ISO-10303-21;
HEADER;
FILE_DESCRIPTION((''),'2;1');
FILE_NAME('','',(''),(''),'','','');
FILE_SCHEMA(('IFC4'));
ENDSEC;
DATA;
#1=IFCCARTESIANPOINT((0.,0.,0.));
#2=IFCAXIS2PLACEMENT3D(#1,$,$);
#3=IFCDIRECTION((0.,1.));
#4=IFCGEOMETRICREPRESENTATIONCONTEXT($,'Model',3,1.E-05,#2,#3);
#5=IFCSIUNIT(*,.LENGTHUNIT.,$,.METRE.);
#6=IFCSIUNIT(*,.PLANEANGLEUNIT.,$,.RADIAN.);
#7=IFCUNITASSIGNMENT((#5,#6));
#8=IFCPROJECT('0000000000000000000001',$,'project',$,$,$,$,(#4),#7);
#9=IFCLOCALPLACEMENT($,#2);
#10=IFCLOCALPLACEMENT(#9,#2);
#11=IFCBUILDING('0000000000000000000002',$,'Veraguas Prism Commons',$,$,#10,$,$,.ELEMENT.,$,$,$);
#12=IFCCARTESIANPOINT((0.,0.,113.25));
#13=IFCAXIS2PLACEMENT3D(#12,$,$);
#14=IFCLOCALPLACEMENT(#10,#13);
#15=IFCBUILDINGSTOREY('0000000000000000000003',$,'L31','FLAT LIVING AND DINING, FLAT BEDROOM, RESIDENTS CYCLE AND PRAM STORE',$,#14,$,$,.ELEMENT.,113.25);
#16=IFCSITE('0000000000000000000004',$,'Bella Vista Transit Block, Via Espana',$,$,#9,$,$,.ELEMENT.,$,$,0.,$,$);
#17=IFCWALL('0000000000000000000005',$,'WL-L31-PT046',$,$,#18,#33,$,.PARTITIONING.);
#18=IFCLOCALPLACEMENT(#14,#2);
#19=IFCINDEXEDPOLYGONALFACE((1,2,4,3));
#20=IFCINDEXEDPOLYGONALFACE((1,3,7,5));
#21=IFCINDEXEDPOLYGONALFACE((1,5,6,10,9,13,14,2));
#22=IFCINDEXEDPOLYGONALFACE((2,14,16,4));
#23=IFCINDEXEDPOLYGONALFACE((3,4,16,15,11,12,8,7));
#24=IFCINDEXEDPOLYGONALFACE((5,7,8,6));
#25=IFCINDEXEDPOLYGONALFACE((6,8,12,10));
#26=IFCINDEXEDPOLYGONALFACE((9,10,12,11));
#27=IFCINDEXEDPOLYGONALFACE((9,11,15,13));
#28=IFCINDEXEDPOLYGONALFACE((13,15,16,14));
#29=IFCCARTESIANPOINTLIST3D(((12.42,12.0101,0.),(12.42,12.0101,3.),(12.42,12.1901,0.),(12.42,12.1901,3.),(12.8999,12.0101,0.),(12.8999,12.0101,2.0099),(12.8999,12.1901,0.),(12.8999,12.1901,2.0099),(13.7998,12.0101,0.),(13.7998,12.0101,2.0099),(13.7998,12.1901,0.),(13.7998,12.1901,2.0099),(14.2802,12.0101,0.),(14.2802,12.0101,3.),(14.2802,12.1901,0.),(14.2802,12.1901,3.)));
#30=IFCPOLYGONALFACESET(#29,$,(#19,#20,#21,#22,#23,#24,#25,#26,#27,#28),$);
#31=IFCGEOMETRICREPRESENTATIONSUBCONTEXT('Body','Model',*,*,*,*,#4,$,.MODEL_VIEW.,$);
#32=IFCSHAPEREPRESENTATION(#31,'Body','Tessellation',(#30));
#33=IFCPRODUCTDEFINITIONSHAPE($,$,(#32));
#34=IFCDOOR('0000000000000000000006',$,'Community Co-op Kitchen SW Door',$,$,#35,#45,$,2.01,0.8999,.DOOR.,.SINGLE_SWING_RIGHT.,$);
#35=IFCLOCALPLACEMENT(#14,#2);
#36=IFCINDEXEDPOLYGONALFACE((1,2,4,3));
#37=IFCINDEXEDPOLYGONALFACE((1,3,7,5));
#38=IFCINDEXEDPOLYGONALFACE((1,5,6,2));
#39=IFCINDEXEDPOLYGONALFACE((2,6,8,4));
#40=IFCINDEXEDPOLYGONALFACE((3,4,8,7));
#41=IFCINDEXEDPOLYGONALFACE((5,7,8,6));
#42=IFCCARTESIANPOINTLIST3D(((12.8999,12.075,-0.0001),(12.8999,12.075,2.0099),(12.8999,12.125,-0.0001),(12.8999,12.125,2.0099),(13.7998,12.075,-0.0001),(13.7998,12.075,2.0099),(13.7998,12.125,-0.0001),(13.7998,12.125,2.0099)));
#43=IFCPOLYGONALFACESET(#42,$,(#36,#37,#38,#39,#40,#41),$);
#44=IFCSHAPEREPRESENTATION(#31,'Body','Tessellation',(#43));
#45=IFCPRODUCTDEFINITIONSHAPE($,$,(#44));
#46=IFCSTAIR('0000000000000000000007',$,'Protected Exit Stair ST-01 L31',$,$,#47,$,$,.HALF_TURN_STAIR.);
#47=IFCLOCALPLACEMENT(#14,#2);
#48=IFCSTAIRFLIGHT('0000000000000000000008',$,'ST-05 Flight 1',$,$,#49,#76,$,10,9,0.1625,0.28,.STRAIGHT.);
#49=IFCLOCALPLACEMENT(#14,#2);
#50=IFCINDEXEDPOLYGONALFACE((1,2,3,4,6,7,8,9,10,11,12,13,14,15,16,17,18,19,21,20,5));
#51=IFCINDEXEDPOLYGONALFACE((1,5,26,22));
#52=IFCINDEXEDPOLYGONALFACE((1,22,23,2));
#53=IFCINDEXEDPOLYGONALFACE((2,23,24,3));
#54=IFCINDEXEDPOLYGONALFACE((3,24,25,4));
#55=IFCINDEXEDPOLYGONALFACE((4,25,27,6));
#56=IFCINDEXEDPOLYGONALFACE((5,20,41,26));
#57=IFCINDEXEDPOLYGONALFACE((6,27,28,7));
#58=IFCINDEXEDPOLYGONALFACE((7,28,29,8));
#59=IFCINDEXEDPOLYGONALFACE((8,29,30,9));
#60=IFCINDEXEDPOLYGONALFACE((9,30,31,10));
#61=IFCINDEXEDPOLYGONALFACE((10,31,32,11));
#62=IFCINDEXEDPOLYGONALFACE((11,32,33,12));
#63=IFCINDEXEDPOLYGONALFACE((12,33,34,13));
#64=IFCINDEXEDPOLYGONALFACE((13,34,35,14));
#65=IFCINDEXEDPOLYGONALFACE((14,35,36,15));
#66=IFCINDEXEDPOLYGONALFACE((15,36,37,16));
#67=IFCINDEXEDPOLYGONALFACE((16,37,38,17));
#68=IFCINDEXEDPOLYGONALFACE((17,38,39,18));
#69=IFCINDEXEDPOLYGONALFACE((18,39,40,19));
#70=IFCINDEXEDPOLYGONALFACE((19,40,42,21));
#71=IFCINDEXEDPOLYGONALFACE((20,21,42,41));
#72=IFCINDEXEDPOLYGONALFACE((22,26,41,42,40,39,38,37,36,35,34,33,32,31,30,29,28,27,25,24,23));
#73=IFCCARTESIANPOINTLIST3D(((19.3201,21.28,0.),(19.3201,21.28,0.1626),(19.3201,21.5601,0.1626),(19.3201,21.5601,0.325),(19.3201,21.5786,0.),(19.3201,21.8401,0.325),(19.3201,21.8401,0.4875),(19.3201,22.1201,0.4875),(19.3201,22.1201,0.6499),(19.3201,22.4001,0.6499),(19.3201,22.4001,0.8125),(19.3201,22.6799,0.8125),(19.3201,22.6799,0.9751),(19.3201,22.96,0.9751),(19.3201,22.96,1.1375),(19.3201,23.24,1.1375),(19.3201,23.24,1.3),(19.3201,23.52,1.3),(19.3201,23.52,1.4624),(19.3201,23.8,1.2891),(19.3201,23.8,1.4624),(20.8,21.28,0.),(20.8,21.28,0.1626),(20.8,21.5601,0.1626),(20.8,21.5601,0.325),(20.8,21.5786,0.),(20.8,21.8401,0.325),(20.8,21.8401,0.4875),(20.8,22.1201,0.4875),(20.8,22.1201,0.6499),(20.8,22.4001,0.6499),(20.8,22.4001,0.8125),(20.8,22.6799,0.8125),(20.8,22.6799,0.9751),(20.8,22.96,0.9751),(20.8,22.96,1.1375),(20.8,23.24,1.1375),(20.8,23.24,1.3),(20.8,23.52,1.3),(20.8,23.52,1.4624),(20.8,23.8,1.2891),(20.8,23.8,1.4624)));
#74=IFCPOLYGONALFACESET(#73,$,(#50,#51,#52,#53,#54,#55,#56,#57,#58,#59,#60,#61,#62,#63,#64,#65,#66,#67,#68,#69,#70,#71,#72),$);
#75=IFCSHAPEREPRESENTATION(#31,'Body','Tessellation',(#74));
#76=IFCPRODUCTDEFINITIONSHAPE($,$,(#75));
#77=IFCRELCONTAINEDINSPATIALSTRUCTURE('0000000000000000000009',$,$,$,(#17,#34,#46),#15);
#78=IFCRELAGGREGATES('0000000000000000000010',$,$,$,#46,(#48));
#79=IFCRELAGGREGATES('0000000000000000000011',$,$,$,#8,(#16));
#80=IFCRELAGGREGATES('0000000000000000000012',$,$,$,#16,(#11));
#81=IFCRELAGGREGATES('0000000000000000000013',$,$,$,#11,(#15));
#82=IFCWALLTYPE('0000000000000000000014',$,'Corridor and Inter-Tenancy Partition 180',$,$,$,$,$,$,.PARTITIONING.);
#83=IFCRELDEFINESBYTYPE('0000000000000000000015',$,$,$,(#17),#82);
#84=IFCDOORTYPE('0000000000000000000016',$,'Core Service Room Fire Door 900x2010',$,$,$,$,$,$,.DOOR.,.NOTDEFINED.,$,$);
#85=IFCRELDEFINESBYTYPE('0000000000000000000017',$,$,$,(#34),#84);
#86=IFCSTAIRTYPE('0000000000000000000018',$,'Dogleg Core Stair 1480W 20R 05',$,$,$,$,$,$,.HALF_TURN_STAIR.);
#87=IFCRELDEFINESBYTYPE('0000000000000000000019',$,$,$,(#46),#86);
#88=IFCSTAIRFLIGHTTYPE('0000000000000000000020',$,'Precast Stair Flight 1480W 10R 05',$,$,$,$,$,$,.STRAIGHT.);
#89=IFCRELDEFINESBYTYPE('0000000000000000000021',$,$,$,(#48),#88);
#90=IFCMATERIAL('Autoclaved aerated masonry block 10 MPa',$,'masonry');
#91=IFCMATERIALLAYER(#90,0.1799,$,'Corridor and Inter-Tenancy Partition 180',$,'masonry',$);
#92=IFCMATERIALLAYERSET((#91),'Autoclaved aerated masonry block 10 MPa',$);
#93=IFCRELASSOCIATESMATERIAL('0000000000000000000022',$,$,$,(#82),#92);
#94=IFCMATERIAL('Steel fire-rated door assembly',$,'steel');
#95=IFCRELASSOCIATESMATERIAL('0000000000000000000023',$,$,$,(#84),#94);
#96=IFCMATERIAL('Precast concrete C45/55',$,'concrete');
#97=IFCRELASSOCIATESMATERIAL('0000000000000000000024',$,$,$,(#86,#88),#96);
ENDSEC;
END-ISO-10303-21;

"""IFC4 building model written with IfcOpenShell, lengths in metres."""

from ifc_helpers import new_model, si_unit, direction, frame, frame_2d, origin, place, context, subcontext, project, spatial, polyline, rectangle, outline, extrude, source, transform, mapped, material, layer, layer_set, type_object, element, fill, aggregate, save


model = new_model("IFC4")

# Units and contexts
model_context = context("Model", 3, precision=1e-05, world=origin(), true_north=direction((0.0, 1.0)))
body_context = subcontext(model_context, "Body", "Model", "MODEL_VIEW")
ifc_project = project(units=[si_unit("LENGTHUNIT", "METRE"), si_unit("PLANEANGLEUNIT", "RADIAN")], contexts=[model_context])

# Site, building, storey
site_placement = place(None, origin())
site = spatial("IfcSite", under=ifc_project, at=site_placement, Name="Bella Vista Transit Block, Via Espana", CompositionType="ELEMENT", RefElevation=0.0)
building_placement = place(site_placement, origin())
building = spatial("IfcBuilding", under=site, at=building_placement, Name="Veraguas Prism Commons", CompositionType="ELEMENT")
storey_placement = place(building_placement, frame((0.0, 0.0, 113.25)))
storey = spatial("IfcBuildingStorey", under=building, at=storey_placement, Name="L31", Description="FLAT LIVING AND DINING, FLAT BEDROOM, RESIDENTS CYCLE AND PRAM STORE", CompositionType="ELEMENT", Elevation=113.25)

# Shared definitions
ifc_material_1 = material(Name="Steel fire-rated door assembly", Category="steel")

# Shared definitions
ifc_material_2 = material(Name="Autoclaved aerated masonry block 10 MPa", Category="masonry")
ifc_layer_1 = layer(ifc_material_2, 0.1799, Name="Corridor and Inter-Tenancy Partition 180", Category="masonry")
ifc_layer_set_1 = layer_set([ifc_layer_1], Name="Autoclaved aerated masonry block 10 MPa")
wall_type_1 = type_object("IfcWallType", Name="Corridor and Inter-Tenancy Partition 180", PredefinedType="PARTITIONING", material=ifc_layer_set_1)
door_type_1 = type_object("IfcDoorType", Name="Core Service Room Fire Door 900x2010", OperationType="NOTDEFINED", PredefinedType="DOOR", material=ifc_material_1)
shared_shape_1 = source(origin(), body_context, "Body", "SweptSolid", [
    extrude(rectangle(XDim=0.8999, YDim=2.01, at=frame_2d((0.45, 1.0049))), frame((0.0, 0.0249, 0.0), z_axis=(0.0, -1.0, 0.0), x_axis=(1.0, 0.0, 0.0)), (0.0, 0.0, 1.0), 0.05),
])

# Wall, opening, door
wall_1_placement = place(storey_placement, frame((12.4199, 12.1001, 0.0), z_axis=(0.0, 0.0, 1.0), x_axis=(1.0, 0.0, 0.0)))
wall_1 = element("IfcWall", 1, at=wall_1_placement, inside=storey, type_object=wall_type_1, Name="WL-L31-PT046", PredefinedType="PARTITIONING", context=body_context, shape_type="SweptSolid", body=[
    extrude(rectangle(XDim=1.8601, YDim=0.1799, at=frame_2d((0.9302, 0.0))), origin(), (0.0, 0.0, 1.0), 3.0),
])
opening_1_placement = place(wall_1_placement, frame((0.48, 0.0, 0.0)))
opening_1 = element("IfcOpeningElement", 2, at=opening_1_placement, cuts=wall_1, PredefinedType="OPENING", context=body_context, shape_type="SweptSolid", body=[
    extrude(rectangle(XDim=0.8999, YDim=2.01, at=frame_2d((0.45, 1.0049))), frame((0.0, 0.0999, 0.0), z_axis=(0.0, -1.0, 0.0), x_axis=(1.0, 0.0, 0.0)), (0.0, 0.0, 1.0), 0.2),
])
door_1_placement = place(opening_1_placement, origin())
door_1 = element("IfcDoor", 3, at=door_1_placement, inside=storey, type_object=door_type_1, Name="Community Co-op Kitchen SW Door", OperationType="SINGLE_SWING_RIGHT", OverallHeight=2.01, OverallWidth=0.8999, PredefinedType="DOOR", context=body_context, shape_type="MappedRepresentation", body=[
    mapped(shared_shape_1, transform((0.0, 0.0, 0.0), scale=1.0)),
])
fill(opening_1, door_1)

# Stair, stair flight
ifc_material_3 = material(Name="Precast concrete C45/55", Category="concrete")
stair_type = type_object("IfcStairType", Name="Dogleg Core Stair 1480W 20R 05", PredefinedType="HALF_TURN_STAIR", material=ifc_material_3)
stair_placement = place(storey_placement, origin())
stair = element("IfcStair", 4, at=stair_placement, inside=storey, type_object=stair_type, Name="Protected Exit Stair ST-01 L31", PredefinedType="HALF_TURN_STAIR")
stair_flight_type = type_object("IfcStairFlightType", Name="Precast Stair Flight 1480W 10R 05", PredefinedType="STRAIGHT", material=ifc_material_3)
stair_flight_placement = place(storey_placement, frame((20.0601, 21.28, 0.0), z_axis=(0.0, 0.0, 1.0), x_axis=(0.0, 1.0, 0.0)))
stair_flight = element("IfcStairFlight", 5, at=stair_flight_placement, type_object=stair_flight_type, Name="ST-05 Flight 1", NumberOfRisers=10, NumberOfTreads=9, PredefinedType="STRAIGHT", RiserHeight=0.1625, TreadLength=0.28, context=body_context, shape_type="SweptSolid", body=[
    extrude(outline(polyline([(0.0, 0.0), (0.0, 0.1626), (0.28, 0.1626), (0.28, 0.325), (0.5601, 0.325), (0.5601, 0.4875), (0.8401, 0.4875), (0.8401, 0.6499), (1.1201, 0.6499), (1.1201, 0.8125), (1.3999, 0.8125), (1.3999, 0.9751), (1.6799, 0.9751), (1.6799, 1.1375), (1.96, 1.1375), (1.96, 1.3), (2.24, 1.3), (2.24, 1.4624), (2.52, 1.4624), (2.52, 1.625), (2.52, 1.2891), (0.2986, 0.0), (0.0, 0.0)])), frame((0.0, 0.74, 0.0), z_axis=(0.0, -1.0, 0.0), x_axis=(1.0, 0.0, 0.0)), (0.0, 0.0, 1.0), 1.48),
])
aggregate(stair, [stair_flight])

save(model, "model.ifc")
